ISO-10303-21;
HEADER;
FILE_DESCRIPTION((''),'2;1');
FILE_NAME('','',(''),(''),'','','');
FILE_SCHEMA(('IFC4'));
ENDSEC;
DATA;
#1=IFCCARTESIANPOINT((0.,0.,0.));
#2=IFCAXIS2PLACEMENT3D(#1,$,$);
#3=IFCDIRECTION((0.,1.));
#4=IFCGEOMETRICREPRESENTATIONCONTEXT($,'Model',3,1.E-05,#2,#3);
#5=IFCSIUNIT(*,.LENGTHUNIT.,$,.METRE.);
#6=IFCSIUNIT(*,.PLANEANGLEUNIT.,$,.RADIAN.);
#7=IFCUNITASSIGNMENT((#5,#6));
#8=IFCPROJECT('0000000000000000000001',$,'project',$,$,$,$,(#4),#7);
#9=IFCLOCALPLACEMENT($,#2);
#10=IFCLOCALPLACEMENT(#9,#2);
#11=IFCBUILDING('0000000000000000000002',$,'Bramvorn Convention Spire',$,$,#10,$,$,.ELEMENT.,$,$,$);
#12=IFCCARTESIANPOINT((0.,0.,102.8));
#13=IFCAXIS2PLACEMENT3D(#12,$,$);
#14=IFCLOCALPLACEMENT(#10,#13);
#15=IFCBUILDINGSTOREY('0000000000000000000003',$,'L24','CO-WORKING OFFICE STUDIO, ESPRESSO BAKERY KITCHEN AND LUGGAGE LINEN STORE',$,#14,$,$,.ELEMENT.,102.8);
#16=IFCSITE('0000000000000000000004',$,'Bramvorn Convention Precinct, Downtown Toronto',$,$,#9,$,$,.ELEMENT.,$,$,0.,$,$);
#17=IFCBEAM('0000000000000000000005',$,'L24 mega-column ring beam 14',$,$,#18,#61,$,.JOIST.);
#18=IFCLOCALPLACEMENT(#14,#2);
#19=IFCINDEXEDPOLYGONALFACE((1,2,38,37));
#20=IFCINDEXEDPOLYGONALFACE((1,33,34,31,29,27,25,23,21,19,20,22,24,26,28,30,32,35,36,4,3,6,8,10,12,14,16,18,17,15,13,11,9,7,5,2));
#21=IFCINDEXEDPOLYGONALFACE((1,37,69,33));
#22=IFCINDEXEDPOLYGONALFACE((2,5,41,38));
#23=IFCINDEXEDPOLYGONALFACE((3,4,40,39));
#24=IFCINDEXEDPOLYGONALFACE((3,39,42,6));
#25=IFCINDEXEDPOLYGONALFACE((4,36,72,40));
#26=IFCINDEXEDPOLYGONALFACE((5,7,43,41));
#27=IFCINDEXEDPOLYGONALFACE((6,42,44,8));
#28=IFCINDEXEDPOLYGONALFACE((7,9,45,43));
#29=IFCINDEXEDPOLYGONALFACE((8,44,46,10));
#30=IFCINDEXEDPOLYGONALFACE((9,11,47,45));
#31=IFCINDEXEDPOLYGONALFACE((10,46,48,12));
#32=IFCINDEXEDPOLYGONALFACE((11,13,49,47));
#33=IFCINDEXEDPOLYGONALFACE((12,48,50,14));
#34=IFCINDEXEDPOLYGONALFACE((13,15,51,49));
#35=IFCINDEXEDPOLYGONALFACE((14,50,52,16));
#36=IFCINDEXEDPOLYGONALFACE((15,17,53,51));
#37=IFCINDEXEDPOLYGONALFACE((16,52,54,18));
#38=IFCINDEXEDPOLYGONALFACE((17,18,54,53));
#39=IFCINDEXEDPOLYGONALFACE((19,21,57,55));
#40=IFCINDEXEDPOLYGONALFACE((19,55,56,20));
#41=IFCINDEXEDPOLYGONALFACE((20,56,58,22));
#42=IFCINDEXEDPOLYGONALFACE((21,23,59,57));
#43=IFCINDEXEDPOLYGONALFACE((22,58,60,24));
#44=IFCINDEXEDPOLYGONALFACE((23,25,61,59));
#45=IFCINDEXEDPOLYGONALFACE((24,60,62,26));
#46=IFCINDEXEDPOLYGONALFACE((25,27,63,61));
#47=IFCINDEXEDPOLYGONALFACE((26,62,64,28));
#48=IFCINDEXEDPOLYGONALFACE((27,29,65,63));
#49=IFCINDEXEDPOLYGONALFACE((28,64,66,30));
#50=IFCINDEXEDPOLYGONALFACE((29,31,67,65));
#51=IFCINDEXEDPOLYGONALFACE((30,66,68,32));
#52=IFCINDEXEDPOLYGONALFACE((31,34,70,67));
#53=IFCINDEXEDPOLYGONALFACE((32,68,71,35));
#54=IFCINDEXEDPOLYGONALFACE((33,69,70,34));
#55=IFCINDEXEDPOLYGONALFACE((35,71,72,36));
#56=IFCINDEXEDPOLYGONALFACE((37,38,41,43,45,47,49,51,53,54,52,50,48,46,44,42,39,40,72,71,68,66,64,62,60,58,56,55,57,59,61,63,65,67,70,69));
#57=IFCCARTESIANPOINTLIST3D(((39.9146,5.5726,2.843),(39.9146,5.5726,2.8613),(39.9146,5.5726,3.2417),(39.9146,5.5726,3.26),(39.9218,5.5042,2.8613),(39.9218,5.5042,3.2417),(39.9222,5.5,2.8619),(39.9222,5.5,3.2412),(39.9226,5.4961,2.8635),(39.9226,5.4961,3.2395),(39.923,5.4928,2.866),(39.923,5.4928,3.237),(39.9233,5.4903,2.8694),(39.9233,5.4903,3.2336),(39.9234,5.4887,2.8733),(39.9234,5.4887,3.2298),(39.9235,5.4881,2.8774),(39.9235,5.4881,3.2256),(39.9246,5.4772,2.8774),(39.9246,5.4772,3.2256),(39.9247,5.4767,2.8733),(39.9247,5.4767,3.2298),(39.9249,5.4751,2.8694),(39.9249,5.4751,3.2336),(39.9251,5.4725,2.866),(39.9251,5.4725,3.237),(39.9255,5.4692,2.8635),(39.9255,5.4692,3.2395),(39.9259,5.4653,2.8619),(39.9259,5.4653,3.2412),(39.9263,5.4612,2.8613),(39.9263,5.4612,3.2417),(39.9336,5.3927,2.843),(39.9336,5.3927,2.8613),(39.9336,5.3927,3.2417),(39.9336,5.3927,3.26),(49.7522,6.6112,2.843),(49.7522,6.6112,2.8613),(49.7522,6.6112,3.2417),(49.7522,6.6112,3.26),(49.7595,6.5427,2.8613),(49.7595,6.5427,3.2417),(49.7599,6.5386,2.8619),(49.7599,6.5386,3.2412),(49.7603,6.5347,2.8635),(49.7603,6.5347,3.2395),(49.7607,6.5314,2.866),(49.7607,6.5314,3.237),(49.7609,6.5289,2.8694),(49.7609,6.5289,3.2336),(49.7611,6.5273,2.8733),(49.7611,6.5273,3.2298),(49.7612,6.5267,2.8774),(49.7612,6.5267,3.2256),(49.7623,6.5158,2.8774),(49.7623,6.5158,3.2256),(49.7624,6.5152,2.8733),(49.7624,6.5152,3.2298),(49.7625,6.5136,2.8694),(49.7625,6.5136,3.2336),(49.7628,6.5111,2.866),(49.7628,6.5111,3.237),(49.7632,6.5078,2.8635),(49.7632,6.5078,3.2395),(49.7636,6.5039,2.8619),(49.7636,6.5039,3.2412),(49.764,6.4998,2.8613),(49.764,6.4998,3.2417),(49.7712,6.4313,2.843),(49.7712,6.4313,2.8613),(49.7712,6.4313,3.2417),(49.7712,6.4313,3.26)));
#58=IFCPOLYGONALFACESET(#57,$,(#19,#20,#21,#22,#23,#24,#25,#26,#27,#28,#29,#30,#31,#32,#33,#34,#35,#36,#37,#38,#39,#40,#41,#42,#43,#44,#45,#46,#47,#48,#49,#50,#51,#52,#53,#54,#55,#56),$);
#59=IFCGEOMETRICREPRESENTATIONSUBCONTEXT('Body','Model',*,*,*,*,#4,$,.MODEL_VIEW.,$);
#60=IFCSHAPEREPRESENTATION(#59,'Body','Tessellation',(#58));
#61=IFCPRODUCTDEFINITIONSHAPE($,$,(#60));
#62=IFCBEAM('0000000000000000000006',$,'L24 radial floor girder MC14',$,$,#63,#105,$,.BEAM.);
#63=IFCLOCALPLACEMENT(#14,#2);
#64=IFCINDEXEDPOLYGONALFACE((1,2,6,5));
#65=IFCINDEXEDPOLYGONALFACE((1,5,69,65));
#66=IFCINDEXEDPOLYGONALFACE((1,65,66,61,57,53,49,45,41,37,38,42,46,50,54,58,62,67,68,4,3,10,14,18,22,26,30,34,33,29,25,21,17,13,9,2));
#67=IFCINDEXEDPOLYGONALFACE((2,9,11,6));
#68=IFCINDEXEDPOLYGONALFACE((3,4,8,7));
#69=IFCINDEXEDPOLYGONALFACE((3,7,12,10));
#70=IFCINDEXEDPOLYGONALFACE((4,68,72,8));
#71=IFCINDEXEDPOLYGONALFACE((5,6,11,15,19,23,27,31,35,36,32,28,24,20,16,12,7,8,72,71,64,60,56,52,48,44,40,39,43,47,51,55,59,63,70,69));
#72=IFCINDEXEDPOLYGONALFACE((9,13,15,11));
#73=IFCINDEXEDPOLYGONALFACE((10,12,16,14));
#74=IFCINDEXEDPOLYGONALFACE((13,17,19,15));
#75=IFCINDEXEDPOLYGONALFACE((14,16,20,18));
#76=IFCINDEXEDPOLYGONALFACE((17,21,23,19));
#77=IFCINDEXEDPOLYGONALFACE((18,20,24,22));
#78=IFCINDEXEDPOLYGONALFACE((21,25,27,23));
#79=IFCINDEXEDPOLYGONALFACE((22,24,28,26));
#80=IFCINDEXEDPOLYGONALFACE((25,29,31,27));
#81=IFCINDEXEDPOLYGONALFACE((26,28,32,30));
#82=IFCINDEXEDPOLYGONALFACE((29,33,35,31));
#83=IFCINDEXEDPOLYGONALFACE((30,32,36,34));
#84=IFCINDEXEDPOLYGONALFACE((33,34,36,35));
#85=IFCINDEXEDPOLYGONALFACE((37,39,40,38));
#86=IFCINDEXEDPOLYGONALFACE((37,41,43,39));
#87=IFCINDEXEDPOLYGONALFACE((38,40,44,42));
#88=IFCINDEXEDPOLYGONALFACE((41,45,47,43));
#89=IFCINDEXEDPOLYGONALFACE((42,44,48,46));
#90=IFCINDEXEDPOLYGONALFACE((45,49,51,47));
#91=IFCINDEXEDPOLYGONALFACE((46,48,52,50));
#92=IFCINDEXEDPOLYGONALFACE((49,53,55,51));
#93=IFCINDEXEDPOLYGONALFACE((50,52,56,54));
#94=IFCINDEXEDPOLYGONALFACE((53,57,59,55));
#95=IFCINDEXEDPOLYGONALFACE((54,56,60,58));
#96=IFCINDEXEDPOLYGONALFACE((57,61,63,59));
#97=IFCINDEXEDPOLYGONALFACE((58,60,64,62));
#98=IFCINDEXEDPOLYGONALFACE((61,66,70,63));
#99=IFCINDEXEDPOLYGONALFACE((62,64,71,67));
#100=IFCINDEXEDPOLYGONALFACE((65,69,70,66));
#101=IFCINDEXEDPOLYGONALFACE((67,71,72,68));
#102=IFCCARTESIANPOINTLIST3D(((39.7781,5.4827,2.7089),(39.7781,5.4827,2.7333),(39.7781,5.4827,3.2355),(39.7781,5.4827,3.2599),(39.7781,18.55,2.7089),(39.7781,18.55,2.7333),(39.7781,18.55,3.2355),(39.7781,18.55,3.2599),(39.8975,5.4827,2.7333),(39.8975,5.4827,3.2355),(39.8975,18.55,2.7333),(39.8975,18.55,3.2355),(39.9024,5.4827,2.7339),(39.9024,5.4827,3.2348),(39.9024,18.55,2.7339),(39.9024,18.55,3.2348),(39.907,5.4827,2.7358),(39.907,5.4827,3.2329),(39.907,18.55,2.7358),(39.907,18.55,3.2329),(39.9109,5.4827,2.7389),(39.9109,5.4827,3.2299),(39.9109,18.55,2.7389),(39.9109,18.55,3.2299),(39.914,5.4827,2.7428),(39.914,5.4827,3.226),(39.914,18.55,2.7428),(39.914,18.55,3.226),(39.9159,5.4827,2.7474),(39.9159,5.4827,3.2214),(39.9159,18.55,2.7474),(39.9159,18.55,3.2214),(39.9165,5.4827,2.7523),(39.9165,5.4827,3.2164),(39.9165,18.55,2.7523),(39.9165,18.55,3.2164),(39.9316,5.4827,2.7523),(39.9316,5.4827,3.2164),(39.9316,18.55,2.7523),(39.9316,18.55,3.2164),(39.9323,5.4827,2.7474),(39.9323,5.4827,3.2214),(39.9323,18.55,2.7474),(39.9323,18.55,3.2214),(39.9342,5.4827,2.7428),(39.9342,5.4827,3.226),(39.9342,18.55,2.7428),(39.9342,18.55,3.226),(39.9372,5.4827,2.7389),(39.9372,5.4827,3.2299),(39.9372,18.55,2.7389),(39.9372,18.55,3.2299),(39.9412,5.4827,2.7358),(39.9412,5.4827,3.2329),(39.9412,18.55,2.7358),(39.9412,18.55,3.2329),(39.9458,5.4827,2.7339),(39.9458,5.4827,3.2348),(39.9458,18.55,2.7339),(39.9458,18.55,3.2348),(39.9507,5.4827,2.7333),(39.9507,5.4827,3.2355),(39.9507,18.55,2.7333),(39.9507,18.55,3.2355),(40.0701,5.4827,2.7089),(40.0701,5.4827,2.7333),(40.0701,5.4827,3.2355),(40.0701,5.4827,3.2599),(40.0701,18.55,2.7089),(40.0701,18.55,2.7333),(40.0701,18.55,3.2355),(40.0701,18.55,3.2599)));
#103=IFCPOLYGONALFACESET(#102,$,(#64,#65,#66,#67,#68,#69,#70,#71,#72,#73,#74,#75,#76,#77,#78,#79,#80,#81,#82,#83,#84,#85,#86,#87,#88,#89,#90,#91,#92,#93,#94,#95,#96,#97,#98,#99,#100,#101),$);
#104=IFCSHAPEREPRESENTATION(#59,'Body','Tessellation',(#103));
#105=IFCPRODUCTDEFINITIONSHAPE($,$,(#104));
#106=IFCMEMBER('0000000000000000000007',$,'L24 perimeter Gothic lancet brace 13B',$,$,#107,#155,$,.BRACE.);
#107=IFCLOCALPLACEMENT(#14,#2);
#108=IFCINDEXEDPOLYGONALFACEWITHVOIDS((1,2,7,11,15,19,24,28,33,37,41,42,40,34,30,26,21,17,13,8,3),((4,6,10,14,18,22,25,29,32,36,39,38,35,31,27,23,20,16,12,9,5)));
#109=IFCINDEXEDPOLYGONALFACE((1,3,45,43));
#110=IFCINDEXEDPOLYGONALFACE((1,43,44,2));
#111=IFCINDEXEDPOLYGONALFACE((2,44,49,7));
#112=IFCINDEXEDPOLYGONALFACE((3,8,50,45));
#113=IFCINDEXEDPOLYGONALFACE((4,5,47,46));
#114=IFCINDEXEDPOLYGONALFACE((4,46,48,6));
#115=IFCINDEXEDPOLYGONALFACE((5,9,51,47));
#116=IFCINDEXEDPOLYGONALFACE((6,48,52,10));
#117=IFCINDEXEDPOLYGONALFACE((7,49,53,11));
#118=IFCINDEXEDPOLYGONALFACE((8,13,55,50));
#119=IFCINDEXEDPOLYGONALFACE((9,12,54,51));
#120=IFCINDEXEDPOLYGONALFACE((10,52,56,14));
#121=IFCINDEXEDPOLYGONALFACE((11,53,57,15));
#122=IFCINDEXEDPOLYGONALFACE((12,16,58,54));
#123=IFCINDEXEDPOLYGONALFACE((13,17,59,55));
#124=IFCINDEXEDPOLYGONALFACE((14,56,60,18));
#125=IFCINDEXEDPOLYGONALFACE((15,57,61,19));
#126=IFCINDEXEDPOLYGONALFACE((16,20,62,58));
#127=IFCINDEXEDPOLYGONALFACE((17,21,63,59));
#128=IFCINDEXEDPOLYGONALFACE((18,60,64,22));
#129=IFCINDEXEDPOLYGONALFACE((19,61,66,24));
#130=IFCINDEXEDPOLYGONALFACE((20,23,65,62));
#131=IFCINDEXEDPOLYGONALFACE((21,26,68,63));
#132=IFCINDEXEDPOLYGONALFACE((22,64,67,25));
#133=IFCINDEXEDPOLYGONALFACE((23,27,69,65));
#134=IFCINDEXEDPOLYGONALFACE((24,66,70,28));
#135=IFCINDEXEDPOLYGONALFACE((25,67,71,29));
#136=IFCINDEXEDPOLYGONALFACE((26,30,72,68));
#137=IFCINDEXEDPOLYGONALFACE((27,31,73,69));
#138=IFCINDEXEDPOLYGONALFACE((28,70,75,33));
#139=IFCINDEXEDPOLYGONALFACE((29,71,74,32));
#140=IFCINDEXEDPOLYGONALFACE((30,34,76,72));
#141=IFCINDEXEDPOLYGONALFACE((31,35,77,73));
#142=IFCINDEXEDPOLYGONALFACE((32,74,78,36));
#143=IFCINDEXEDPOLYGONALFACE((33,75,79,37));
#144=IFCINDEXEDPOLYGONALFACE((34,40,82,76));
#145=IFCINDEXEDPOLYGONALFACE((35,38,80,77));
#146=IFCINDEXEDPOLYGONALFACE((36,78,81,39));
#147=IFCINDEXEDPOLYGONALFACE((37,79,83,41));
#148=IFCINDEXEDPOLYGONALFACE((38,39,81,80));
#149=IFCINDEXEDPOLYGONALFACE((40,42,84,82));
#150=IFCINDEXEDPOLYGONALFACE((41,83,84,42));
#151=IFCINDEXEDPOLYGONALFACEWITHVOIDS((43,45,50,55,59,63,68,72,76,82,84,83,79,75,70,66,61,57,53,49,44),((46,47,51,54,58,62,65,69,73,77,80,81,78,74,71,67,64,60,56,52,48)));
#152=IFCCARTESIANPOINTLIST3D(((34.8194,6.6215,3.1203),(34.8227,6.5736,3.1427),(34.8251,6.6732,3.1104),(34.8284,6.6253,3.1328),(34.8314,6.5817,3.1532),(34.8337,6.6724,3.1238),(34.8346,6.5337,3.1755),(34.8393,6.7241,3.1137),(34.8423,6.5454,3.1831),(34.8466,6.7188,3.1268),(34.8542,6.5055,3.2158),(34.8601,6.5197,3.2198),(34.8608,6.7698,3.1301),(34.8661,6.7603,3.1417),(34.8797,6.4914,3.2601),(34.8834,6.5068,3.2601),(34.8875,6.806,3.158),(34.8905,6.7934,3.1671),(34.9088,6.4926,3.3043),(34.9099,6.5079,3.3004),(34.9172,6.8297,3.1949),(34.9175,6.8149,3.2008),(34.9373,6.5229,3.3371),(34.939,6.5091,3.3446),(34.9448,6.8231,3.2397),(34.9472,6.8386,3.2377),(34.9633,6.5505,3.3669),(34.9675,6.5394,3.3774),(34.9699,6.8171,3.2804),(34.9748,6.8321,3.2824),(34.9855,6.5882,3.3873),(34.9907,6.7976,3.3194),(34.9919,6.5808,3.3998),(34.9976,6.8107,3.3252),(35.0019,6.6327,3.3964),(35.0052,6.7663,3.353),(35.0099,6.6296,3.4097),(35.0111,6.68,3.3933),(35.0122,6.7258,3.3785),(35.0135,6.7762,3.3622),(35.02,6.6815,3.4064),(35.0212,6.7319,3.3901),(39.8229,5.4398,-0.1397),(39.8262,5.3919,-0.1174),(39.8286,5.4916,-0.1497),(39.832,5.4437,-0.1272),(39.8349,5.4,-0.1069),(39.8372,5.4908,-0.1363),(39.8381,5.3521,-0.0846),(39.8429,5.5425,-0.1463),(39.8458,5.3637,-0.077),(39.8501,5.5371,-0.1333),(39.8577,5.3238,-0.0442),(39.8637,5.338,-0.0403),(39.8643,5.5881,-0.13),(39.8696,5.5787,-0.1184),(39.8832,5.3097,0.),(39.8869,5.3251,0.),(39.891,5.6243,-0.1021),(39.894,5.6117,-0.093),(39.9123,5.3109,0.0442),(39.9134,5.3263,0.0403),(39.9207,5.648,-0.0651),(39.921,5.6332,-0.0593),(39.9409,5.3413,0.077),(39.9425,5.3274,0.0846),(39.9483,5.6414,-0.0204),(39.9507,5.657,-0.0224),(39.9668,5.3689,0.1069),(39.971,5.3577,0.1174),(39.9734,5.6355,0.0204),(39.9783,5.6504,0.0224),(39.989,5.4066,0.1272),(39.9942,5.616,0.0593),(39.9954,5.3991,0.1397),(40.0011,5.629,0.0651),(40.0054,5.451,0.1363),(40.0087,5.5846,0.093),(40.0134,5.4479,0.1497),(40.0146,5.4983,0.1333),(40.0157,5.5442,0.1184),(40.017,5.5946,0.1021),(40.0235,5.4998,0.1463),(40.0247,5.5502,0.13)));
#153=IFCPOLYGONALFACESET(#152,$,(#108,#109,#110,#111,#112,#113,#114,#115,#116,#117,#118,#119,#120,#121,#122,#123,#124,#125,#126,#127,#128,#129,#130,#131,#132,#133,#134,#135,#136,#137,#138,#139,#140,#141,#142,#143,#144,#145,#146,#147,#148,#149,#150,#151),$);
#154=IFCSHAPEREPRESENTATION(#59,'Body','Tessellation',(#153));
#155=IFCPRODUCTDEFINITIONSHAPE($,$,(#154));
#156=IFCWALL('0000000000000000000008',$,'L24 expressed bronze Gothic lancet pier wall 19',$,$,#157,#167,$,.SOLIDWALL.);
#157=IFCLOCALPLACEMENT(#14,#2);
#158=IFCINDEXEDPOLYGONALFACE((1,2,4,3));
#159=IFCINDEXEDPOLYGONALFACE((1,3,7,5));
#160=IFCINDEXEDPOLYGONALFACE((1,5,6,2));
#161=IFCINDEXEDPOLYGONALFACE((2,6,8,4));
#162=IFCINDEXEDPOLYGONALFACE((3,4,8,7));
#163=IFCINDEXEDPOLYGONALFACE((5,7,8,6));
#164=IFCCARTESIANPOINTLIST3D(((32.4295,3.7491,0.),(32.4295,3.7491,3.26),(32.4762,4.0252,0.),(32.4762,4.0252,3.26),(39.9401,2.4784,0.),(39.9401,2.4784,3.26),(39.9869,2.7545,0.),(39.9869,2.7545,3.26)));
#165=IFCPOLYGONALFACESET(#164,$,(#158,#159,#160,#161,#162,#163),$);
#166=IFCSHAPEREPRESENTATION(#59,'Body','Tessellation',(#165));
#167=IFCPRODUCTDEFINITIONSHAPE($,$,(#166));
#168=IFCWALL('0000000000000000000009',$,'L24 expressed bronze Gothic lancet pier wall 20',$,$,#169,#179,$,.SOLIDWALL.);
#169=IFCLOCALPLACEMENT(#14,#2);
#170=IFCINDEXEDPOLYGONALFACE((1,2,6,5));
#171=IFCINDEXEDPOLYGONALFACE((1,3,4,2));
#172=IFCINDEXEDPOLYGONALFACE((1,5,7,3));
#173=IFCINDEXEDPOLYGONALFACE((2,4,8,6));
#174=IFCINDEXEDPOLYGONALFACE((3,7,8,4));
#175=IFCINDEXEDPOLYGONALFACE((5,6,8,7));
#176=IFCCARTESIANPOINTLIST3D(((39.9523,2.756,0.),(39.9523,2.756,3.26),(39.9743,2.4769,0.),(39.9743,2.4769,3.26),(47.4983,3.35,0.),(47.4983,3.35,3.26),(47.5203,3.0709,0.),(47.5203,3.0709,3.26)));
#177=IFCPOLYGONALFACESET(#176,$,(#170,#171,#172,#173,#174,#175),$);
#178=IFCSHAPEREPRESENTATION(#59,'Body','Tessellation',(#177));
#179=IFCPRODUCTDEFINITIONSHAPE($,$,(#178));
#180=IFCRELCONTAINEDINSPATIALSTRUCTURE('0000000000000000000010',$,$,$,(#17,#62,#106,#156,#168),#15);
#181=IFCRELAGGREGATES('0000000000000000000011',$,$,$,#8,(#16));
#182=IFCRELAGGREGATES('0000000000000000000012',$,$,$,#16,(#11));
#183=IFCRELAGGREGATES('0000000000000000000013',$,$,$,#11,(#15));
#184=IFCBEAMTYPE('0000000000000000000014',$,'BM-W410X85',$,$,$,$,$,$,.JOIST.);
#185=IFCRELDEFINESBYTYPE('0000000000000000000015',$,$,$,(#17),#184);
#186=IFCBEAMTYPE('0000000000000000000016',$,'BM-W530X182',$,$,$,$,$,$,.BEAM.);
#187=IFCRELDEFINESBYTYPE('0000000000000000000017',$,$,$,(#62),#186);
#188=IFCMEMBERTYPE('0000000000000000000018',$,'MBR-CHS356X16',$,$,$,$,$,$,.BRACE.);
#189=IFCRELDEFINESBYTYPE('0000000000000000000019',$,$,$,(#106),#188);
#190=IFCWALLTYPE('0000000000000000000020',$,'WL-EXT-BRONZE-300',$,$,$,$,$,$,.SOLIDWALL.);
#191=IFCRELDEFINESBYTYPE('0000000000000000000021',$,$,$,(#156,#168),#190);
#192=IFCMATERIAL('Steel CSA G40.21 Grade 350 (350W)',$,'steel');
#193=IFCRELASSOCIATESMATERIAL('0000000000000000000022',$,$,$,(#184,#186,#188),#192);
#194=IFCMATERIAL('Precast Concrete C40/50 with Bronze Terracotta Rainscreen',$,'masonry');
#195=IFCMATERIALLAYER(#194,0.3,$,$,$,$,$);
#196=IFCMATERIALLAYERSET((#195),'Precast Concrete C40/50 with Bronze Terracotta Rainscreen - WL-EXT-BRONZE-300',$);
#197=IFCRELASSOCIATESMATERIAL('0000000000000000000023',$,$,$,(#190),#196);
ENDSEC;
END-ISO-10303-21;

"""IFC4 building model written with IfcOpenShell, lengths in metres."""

from ifc_helpers import new_model, si_unit, direction, frame, frame_2d, origin, origin_2d, place, context, subcontext, project, spatial, rectangle, hollow_circle, i_section, extrude, material, layer, layer_set, material_profile, profile_set, type_object, element, save


model = new_model("IFC4")

# Units and contexts
model_context = context("Model", 3, precision=1e-05, world=origin(), true_north=direction((0.0, 1.0)))
body_context = subcontext(model_context, "Body", "Model", "MODEL_VIEW")
ifc_project = project(units=[si_unit("LENGTHUNIT", "METRE"), si_unit("PLANEANGLEUNIT", "RADIAN")], contexts=[model_context])

# Site, building, storey
site_placement = place(None, origin())
site = spatial("IfcSite", under=ifc_project, at=site_placement, Name="Bramvorn Convention Precinct, Downtown Toronto", CompositionType="ELEMENT", RefElevation=0.0)
building_placement = place(site_placement, origin())
building = spatial("IfcBuilding", under=site, at=building_placement, Name="Bramvorn Convention Spire", CompositionType="ELEMENT")
storey_placement = place(building_placement, frame((0.0, 0.0, 102.8)))
storey = spatial("IfcBuildingStorey", under=building, at=storey_placement, Name="L24", Description="CO-WORKING OFFICE STUDIO, ESPRESSO BAKERY KITCHEN AND LUGGAGE LINEN STORE", CompositionType="ELEMENT", Elevation=102.8)

# Shared definitions
ifc_material_1 = material(Name="Steel CSA G40.21 Grade 350 (350W)", Category="steel")

# Beams
ifc_material_profile_1 = material_profile(ifc_material_1, i_section(OverallWidth=0.1809, OverallDepth=0.417, WebThickness=0.011, FlangeThickness=0.0183, FilletRadius=0.0161, at=origin_2d()))
ifc_profile_set_1 = profile_set([ifc_material_profile_1], Name="Steel CSA G40.21 Grade 350 (350W) - W410X85")
beam_type_1 = type_object("IfcBeamType", Name="BM-W410X85", PredefinedType="JOIST", material=ifc_profile_set_1)
beam_1_placement = place(storey_placement, frame((39.9241, 5.4827, 3.0515), z_axis=(0.994473, 0.104988, 0.0), x_axis=(-0.104988, 0.994473, 0.0)))
element("IfcBeam", 1, at=beam_1_placement, inside=storey, type_object=beam_type_1, Name="L24 mega-column ring beam 14", PredefinedType="JOIST", context=body_context, shape_type="SweptSolid", body=[
    extrude(i_section(OverallWidth=0.1809, OverallDepth=0.417, WebThickness=0.011, FlangeThickness=0.0183, FilletRadius=0.0161, at=origin_2d()), origin(), (0.0, 0.0, 1.0), 9.8923),
])
ifc_material_profile_2 = material_profile(ifc_material_1, i_section(OverallWidth=0.292, OverallDepth=0.551, WebThickness=0.0151, FlangeThickness=0.0244, FilletRadius=0.019, at=origin_2d()))
ifc_profile_set_2 = profile_set([ifc_material_profile_2], Name="Steel CSA G40.21 Grade 350 (350W) - W530X182")
beam_type_2 = type_object("IfcBeamType", Name="BM-W530X182", PredefinedType="BEAM", material=ifc_profile_set_2)
beam_2_placement = place(storey_placement, frame((39.9241, 18.55, 2.9844), z_axis=(0.0, -1.0, 0.0), x_axis=(1.0, 0.0, 0.0)))
element("IfcBeam", 2, at=beam_2_placement, inside=storey, type_object=beam_type_2, Name="L24 radial floor girder MC14", PredefinedType="BEAM", context=body_context, shape_type="SweptSolid", body=[
    extrude(i_section(OverallWidth=0.292, OverallDepth=0.551, WebThickness=0.0151, FlangeThickness=0.0244, FilletRadius=0.019, at=origin_2d()), origin(), (0.0, 0.0, 1.0), 13.0674),
])

# Member
ifc_material_profile_3 = material_profile(ifc_material_1, hollow_circle(Radius=0.1777, WallThickness=0.0159, at=origin_2d()))
ifc_profile_set_3 = profile_set([ifc_material_profile_3], Name="Steel CSA G40.21 Grade 350 (350W) - CHS356X16")
member_type = type_object("IfcMemberType", Name="MBR-CHS356X16", PredefinedType="BRACE", material=ifc_profile_set_3)
member_placement = place(storey_placement, frame((39.9241, 5.4827, 0.0), z_axis=(-0.821911, 0.194108, 0.535522), x_axis=(-0.229844, -0.973228, 0.0)))
element("IfcMember", 3, at=member_placement, inside=storey, type_object=member_type, Name="L24 perimeter Gothic lancet brace 13B", PredefinedType="BRACE", context=body_context, shape_type="SweptSolid", body=[
    extrude(hollow_circle(Radius=0.1777, WallThickness=0.0159, at=origin_2d()), origin(), (0.0, 0.0, 1.0), 6.0876),
])

# Walls
ifc_material_2 = material(Name="Precast Concrete C40/50 with Bronze Terracotta Rainscreen", Category="masonry")
ifc_layer_1 = layer(ifc_material_2, 0.3)
ifc_layer_set_1 = layer_set([ifc_layer_1], Name="Precast Concrete C40/50 with Bronze Terracotta Rainscreen - WL-EXT-BRONZE-300")
wall_type_1 = type_object("IfcWallType", Name="WL-EXT-BRONZE-300", PredefinedType="SOLIDWALL", material=ifc_layer_set_1)
wall_1_placement = place(storey_placement, frame((39.9634, 2.6165, 0.0), z_axis=(0.0, 0.0, 1.0), x_axis=(-0.985987, 0.16682, 0.0)))
element("IfcWall", 4, at=wall_1_placement, inside=storey, type_object=wall_type_1, Name="L24 expressed bronze Gothic lancet pier wall 19", PredefinedType="SOLIDWALL", context=body_context, shape_type="SweptSolid", body=[
    extrude(rectangle(XDim=7.6174, YDim=0.28, at=frame_2d((3.8086, 0.0))), origin(), (0.0, 0.0, 1.0), 3.26),
])
wall_2_placement = place(storey_placement, frame((47.5093, 3.2104, 0.0), z_axis=(0.0, 0.0, 1.0), x_axis=(-0.996916, -0.078475, 0.0)))
element("IfcWall", 5, at=wall_2_placement, inside=storey, type_object=wall_type_1, Name="L24 expressed bronze Gothic lancet pier wall 20", PredefinedType="SOLIDWALL", context=body_context, shape_type="SweptSolid", body=[
    extrude(rectangle(XDim=7.5693, YDim=0.28, at=frame_2d((3.7847, 0.0))), origin(), (0.0, 0.0, 1.0), 3.26),
])

save(model, "model.ifc")
